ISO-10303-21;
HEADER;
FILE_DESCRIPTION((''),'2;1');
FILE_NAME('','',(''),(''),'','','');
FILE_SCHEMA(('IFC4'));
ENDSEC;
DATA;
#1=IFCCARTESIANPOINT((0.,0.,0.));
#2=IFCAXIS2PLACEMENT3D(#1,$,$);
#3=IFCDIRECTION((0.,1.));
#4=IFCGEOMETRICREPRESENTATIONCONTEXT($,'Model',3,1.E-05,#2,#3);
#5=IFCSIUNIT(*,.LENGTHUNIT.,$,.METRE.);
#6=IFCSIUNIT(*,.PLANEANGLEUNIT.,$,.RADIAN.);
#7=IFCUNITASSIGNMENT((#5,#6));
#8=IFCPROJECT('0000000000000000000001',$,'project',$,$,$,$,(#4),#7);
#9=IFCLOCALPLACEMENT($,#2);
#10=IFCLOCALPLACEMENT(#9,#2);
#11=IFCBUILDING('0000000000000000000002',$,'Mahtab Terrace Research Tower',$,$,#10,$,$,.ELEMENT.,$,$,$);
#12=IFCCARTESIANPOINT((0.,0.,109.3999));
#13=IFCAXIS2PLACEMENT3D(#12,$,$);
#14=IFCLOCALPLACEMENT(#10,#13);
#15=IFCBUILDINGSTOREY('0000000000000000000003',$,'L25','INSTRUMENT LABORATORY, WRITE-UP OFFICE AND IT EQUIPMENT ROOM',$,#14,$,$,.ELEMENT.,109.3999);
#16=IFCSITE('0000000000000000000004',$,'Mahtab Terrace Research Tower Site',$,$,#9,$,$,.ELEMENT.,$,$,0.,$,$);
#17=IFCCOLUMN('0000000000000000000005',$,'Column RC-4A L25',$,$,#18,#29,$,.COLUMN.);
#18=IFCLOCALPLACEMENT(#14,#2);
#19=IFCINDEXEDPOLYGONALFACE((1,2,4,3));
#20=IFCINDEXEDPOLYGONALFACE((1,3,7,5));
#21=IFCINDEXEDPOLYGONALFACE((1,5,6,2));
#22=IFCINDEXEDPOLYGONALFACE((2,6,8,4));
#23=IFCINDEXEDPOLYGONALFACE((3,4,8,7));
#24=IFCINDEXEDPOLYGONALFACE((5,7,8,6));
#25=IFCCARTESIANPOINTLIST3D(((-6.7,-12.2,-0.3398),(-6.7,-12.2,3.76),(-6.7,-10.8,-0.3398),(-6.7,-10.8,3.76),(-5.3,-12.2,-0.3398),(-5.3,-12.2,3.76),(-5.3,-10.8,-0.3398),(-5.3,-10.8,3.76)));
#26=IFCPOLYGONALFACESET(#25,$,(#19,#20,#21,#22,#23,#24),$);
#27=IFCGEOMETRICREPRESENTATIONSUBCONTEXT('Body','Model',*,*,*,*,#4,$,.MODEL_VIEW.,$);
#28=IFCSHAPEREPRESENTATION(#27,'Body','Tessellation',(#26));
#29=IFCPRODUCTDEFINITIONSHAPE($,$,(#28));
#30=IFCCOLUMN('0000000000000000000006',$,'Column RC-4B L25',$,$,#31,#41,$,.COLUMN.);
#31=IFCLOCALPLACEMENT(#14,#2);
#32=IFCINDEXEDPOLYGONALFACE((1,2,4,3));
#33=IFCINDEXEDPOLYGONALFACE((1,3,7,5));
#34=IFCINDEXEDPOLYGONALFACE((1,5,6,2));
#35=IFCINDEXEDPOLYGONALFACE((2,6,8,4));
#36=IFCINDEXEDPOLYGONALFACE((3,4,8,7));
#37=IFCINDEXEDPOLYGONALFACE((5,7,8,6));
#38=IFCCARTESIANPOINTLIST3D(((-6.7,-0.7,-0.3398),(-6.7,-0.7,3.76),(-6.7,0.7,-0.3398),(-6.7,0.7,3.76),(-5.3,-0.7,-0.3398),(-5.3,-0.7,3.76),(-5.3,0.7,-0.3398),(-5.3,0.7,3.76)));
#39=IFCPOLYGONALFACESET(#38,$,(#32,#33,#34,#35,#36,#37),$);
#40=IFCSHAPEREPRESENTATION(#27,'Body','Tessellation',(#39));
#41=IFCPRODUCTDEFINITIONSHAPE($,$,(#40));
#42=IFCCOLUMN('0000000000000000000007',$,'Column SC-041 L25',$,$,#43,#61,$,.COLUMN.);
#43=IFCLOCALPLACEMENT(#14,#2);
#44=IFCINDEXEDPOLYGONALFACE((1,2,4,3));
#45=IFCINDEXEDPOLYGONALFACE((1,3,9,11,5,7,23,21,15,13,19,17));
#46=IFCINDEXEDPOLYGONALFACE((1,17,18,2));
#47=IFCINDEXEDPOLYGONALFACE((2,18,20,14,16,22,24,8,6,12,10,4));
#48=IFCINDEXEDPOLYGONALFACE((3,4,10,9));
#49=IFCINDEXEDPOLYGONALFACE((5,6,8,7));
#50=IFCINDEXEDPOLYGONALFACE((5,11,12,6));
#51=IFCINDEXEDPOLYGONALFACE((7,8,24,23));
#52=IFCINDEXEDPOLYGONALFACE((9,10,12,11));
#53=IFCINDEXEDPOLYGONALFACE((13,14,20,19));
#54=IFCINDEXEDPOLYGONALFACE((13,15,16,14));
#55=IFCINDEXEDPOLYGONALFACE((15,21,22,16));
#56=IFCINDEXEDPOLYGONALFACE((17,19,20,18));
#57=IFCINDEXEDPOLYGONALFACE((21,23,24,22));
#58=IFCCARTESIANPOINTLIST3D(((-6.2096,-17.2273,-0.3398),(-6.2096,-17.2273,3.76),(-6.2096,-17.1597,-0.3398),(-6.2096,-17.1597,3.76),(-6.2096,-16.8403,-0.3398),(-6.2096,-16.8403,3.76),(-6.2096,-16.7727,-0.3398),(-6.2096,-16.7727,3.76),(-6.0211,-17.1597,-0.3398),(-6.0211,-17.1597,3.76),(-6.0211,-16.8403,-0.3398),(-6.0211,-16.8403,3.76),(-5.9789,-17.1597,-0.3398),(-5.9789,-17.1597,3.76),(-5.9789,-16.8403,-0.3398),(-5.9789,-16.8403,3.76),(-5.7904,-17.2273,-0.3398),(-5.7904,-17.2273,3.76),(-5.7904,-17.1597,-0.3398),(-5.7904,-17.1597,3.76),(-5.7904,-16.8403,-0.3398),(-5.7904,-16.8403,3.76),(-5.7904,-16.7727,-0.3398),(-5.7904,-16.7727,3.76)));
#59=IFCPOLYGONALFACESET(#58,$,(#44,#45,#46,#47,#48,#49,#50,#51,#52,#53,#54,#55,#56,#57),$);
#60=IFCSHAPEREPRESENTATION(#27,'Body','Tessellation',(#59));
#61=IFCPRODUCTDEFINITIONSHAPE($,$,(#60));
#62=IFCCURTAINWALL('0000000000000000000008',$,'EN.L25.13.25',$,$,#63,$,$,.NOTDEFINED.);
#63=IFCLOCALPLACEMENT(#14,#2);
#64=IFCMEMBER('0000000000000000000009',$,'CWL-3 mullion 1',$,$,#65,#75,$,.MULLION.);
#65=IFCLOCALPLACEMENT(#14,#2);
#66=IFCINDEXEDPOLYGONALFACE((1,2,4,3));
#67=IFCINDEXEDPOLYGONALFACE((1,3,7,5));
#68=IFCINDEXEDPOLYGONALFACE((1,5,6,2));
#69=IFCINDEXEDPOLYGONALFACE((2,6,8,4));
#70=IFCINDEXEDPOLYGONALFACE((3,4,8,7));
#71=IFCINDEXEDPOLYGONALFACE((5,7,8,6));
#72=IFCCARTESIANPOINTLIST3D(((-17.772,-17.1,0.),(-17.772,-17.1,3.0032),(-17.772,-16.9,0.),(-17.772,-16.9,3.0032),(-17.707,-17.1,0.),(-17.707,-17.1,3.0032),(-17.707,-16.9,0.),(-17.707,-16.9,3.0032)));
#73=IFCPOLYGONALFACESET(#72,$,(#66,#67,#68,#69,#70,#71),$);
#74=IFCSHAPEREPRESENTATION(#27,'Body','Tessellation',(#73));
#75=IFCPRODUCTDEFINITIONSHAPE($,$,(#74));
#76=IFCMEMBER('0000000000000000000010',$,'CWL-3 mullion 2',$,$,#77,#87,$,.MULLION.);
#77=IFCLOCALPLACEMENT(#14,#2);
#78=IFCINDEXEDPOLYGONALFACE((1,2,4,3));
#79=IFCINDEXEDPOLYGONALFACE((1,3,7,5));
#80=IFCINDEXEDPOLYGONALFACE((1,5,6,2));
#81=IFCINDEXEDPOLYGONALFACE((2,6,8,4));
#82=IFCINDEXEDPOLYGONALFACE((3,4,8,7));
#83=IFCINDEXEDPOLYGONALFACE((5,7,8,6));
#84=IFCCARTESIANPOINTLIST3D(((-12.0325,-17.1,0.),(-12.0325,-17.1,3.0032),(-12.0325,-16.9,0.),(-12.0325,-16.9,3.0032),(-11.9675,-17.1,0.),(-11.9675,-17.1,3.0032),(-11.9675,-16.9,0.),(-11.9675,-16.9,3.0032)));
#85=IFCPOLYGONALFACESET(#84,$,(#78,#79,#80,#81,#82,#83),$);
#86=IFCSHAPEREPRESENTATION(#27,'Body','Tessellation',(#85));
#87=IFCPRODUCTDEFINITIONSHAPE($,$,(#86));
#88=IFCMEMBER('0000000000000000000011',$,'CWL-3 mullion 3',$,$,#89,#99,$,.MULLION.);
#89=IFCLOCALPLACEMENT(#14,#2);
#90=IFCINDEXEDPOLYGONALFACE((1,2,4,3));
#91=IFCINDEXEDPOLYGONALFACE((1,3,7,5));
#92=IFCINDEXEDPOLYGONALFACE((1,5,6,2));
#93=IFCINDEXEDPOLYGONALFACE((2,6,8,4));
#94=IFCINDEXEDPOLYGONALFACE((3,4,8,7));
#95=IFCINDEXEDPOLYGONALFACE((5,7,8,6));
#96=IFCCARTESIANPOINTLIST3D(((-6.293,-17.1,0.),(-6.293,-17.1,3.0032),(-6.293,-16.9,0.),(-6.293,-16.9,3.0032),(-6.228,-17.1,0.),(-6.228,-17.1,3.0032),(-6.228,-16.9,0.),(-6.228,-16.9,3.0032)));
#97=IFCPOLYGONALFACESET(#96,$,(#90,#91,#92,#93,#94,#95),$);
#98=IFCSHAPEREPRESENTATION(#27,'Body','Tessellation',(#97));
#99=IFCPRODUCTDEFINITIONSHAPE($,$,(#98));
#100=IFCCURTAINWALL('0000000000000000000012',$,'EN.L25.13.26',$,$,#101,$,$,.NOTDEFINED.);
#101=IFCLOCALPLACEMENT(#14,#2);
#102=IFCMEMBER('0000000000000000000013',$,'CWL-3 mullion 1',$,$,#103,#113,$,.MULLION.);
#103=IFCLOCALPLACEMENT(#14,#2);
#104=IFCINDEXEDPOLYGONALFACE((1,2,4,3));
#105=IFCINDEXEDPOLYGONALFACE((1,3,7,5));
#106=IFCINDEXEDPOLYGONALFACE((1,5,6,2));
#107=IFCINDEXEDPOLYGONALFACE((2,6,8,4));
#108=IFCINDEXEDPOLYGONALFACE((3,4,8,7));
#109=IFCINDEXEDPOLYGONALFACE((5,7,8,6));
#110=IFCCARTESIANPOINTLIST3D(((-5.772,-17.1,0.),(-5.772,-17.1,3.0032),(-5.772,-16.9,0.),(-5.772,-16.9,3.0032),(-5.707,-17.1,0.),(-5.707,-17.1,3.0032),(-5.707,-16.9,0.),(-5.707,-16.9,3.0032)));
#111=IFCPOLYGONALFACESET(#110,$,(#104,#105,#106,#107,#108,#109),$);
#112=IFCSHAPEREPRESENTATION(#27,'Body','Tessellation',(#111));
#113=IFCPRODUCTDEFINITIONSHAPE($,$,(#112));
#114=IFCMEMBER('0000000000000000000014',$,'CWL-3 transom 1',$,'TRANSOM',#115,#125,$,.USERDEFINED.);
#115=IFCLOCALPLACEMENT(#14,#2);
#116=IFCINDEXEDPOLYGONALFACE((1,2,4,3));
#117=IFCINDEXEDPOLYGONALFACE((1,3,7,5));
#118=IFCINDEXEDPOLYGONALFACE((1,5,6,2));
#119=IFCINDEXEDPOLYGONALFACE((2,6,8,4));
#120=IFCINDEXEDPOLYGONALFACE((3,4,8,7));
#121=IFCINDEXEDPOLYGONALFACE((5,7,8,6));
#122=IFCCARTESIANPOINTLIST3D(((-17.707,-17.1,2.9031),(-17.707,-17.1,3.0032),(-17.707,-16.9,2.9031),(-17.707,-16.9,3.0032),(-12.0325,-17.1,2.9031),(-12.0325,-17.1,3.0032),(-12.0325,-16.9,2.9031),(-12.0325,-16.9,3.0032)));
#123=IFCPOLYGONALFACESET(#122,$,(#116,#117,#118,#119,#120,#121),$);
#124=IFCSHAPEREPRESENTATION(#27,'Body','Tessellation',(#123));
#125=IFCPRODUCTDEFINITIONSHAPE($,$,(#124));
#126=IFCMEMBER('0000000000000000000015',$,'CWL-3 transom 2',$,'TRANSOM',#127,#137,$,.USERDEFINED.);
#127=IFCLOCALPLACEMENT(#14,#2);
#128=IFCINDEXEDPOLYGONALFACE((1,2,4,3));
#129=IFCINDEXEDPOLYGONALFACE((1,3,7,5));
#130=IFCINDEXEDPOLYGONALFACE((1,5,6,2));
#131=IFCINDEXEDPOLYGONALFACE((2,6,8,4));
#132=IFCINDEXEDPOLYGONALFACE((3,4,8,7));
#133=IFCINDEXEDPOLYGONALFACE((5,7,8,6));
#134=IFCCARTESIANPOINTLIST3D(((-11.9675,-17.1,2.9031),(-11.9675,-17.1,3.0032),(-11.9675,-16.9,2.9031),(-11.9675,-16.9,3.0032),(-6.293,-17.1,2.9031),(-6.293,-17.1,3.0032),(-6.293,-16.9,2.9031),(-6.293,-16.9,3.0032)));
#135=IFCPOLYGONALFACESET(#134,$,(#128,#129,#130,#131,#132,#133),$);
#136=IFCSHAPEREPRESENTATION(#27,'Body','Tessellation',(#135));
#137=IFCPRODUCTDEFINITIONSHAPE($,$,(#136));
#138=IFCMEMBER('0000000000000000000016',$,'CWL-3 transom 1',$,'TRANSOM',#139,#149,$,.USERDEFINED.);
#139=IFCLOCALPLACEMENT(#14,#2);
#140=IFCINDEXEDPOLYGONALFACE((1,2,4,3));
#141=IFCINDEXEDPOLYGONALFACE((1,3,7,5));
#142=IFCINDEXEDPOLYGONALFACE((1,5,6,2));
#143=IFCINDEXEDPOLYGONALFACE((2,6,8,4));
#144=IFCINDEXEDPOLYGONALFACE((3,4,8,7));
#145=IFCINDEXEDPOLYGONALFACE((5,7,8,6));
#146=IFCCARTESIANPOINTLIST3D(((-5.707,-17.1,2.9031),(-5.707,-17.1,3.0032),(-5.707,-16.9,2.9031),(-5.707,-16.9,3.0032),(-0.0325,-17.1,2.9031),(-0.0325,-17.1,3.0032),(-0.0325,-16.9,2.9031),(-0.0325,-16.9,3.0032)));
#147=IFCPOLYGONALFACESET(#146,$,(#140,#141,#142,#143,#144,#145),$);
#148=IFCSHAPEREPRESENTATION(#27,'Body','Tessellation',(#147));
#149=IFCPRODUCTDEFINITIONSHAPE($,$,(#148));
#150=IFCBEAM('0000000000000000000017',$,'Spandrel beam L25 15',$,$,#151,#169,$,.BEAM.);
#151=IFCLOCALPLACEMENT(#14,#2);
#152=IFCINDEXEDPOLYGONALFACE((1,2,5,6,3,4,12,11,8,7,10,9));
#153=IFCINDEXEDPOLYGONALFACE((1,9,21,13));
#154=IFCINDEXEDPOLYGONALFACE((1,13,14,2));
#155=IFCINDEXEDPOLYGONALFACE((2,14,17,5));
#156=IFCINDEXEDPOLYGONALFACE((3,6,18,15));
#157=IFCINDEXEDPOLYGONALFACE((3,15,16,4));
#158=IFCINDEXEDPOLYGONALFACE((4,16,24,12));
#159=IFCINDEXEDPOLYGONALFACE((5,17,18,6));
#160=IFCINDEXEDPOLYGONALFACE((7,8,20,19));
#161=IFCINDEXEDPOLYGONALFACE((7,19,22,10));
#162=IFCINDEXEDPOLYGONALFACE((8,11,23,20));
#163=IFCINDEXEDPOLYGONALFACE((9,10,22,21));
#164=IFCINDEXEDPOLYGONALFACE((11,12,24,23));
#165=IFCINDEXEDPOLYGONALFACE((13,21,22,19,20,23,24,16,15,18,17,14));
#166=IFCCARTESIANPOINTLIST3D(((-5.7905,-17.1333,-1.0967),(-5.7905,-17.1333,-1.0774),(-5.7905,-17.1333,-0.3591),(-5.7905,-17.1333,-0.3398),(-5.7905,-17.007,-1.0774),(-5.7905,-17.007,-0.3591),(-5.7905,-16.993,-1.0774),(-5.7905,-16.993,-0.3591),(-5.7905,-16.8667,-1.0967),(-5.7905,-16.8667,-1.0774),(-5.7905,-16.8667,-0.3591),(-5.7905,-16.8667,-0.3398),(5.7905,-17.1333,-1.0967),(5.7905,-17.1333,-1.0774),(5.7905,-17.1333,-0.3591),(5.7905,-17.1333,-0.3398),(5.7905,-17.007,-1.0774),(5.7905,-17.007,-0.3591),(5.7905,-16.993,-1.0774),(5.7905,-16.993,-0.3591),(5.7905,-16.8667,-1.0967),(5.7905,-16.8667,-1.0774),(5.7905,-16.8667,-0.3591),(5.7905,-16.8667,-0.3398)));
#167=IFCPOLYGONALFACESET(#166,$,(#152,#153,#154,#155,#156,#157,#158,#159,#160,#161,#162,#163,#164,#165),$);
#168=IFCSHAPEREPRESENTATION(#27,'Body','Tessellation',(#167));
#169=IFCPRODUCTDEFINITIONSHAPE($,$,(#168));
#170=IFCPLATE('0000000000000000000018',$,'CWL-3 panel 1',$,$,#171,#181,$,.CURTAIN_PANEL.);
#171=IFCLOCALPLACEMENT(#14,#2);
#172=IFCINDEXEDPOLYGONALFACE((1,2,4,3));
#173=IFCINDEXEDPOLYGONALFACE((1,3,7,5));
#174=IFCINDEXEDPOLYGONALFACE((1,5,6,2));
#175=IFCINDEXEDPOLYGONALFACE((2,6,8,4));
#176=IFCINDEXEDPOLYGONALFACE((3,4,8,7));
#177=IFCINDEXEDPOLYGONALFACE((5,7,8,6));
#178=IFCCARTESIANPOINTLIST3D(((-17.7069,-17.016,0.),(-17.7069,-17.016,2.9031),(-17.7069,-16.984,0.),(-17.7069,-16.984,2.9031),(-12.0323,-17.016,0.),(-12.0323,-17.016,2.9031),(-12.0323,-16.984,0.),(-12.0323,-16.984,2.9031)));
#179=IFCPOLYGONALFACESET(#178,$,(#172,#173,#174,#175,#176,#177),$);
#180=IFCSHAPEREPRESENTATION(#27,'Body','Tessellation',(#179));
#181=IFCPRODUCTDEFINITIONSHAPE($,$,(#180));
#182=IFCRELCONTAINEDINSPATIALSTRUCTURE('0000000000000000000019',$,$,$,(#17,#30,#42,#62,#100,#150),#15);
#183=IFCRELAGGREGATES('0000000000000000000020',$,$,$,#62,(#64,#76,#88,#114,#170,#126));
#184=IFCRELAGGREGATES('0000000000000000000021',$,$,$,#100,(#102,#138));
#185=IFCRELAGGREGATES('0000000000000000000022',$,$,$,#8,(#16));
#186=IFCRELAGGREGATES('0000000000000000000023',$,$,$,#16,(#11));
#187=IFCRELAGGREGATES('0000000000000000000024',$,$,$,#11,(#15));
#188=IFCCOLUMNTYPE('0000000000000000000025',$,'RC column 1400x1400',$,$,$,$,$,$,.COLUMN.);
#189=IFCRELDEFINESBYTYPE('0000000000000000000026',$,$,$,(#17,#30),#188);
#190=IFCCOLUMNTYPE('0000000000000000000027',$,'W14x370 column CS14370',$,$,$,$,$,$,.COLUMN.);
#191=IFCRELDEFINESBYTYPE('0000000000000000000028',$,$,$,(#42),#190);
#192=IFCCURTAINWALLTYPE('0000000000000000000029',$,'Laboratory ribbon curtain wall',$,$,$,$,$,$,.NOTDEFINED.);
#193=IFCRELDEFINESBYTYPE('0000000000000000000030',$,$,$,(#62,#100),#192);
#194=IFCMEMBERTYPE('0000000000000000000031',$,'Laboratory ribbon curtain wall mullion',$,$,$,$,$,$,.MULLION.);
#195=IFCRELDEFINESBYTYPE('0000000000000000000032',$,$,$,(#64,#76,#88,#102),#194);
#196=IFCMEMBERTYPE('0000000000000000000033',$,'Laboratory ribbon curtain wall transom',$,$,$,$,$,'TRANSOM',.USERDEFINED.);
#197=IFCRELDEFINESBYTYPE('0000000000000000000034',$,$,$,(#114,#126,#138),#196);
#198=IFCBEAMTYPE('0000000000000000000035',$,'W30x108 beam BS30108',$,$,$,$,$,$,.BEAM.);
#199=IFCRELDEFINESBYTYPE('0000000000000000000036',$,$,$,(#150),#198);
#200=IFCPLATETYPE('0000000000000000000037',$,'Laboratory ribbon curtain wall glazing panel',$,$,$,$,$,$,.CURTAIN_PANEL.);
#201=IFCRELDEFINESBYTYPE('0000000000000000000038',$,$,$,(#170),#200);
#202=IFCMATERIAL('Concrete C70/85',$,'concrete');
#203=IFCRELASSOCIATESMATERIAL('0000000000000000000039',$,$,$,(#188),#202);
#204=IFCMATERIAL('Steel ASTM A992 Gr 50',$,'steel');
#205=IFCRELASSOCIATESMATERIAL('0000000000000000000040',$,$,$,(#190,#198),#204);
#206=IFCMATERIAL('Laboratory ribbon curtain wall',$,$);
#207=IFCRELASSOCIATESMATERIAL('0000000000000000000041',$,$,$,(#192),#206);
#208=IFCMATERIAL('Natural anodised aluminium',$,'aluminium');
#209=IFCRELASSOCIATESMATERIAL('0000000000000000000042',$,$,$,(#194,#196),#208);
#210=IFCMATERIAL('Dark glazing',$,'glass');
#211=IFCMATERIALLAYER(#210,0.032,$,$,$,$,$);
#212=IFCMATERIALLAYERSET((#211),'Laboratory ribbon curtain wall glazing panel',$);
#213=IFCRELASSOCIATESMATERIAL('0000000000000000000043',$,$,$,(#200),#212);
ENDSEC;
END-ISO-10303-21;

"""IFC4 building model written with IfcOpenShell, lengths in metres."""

from ifc_helpers import new_model, si_unit, direction, frame, origin, origin_2d, place, context, subcontext, project, spatial, rectangle, i_section, extrude, material, layer, layer_set, material_profile, profile_set, type_object, element, aggregate, save


model = new_model("IFC4")

# Units and contexts
model_context = context("Model", 3, precision=1e-05, world=origin(), true_north=direction((0.0, 1.0)))
body_context = subcontext(model_context, "Body", "Model", "MODEL_VIEW")
ifc_project = project(units=[si_unit("LENGTHUNIT", "METRE"), si_unit("PLANEANGLEUNIT", "RADIAN")], contexts=[model_context])

# Site, building, storey
site_placement = place(None, origin())
site = spatial("IfcSite", under=ifc_project, at=site_placement, Name="Mahtab Terrace Research Tower Site", CompositionType="ELEMENT", RefElevation=0.0)
building_placement = place(site_placement, origin())
building = spatial("IfcBuilding", under=site, at=building_placement, Name="Mahtab Terrace Research Tower", CompositionType="ELEMENT")
storey_placement = place(building_placement, frame((0.0, 0.0, 109.3999)))
storey = spatial("IfcBuildingStorey", under=building, at=storey_placement, Name="L25", Description="INSTRUMENT LABORATORY, WRITE-UP OFFICE AND IT EQUIPMENT ROOM", CompositionType="ELEMENT", Elevation=109.3999)

# Columns
ifc_material_1 = material(Name="Concrete C70/85", Category="concrete")
ifc_material_profile_1 = material_profile(ifc_material_1, rectangle(XDim=1.3999, YDim=1.3999, at=origin_2d()), Name="RC column 1400x1400")
ifc_profile_set_1 = profile_set([ifc_material_profile_1], Name="Concrete C70/85")
column_type_1 = type_object("IfcColumnType", Name="RC column 1400x1400", PredefinedType="COLUMN", material=ifc_profile_set_1)
for number, where, z_axis, x_axis, name in (
    (1, (-6.0, -11.5, -0.3398), (0.0, 0.0, 1.0), (1.0, 0.0, 0.0), "Column RC-4A L25"),
    (2, (-6.0, 0.0, -0.3398), (0.0, 0.0, 1.0), (1.0, 0.0, 0.0), "Column RC-4B L25"),
):
    element("IfcColumn", number, at=place(storey_placement, frame(where, z_axis=z_axis, x_axis=x_axis)), inside=storey, type_object=column_type_1, Name=name, PredefinedType="COLUMN", context=body_context, shape_type="SweptSolid", body=[
        extrude(rectangle(XDim=1.3999, YDim=1.3999, at=origin_2d()), origin(), (0.0, 0.0, 1.0), 4.0999),
    ])
ifc_material_2 = material(Name="Steel ASTM A992 Gr 50", Category="steel")
ifc_material_profile_2 = material_profile(ifc_material_2, i_section(OverallWidth=0.4192, OverallDepth=0.4546, WebThickness=0.0422, FlangeThickness=0.0676, at=origin_2d()), Name="W14X370")
ifc_profile_set_2 = profile_set([ifc_material_profile_2], Name="Steel ASTM A992 Gr 50")
column_type_2 = type_object("IfcColumnType", Name="W14x370 column CS14370", PredefinedType="COLUMN", material=ifc_profile_set_2)
column_placement = place(storey_placement, frame((-6.0, -17.0, -0.3398), z_axis=(0.0, 0.0, 1.0), x_axis=(1.0, 0.0, 0.0)))
element("IfcColumn", 3, at=column_placement, inside=storey, type_object=column_type_2, Name="Column SC-041 L25", PredefinedType="COLUMN", context=body_context, shape_type="SweptSolid", body=[
    extrude(i_section(OverallWidth=0.4192, OverallDepth=0.4546, WebThickness=0.0422, FlangeThickness=0.0676, at=origin_2d()), origin(), (0.0, 0.0, 1.0), 4.0999),
])

# Curtain wall, members
ifc_material_3 = material(Name="Laboratory ribbon curtain wall")
curtain_wall_type = type_object("IfcCurtainWallType", Name="Laboratory ribbon curtain wall", PredefinedType="NOTDEFINED", material=ifc_material_3)
curtain_wall_1_placement = place(storey_placement, origin())
curtain_wall_1 = element("IfcCurtainWall", 4, at=curtain_wall_1_placement, inside=storey, type_object=curtain_wall_type, Name="EN.L25.13.25", PredefinedType="NOTDEFINED")
ifc_material_4 = material(Name="Natural anodised aluminium", Category="aluminium")
ifc_material_profile_3 = material_profile(ifc_material_4, rectangle(XDim=0.2, YDim=0.0649, at=origin_2d()), Name="MULLION 65x200")
ifc_profile_set_3 = profile_set([ifc_material_profile_3], Name="Natural anodised aluminium")
member_type_1 = type_object("IfcMemberType", Name="Laboratory ribbon curtain wall mullion", PredefinedType="MULLION", material=ifc_profile_set_3)
member_1_placement = place(storey_placement, frame((-17.7395, -17.0, 0.0), z_axis=(0.0, 0.0, 1.0), x_axis=(0.0, 1.0, 0.0)))
member_1 = element("IfcMember", 5, at=member_1_placement, type_object=member_type_1, Name="CWL-3 mullion 1", PredefinedType="MULLION", context=body_context, shape_type="SweptSolid", body=[
    extrude(rectangle(XDim=0.2, YDim=0.0649, at=origin_2d()), origin(), (0.0, 0.0, 1.0), 3.0032),
])
member_2_placement = place(storey_placement, frame((-12.0, -17.0, 0.0), z_axis=(0.0, 0.0, 1.0), x_axis=(0.0, 1.0, 0.0)))
member_2 = element("IfcMember", 6, at=member_2_placement, type_object=member_type_1, Name="CWL-3 mullion 2", PredefinedType="MULLION", context=body_context, shape_type="SweptSolid", body=[
    extrude(rectangle(XDim=0.2, YDim=0.0649, at=origin_2d()), origin(), (0.0, 0.0, 1.0), 3.0032),
])
member_3_placement = place(storey_placement, frame((-6.2605, -17.0, 0.0), z_axis=(0.0, 0.0, 1.0), x_axis=(0.0, 1.0, 0.0)))
member_3 = element("IfcMember", 7, at=member_3_placement, type_object=member_type_1, Name="CWL-3 mullion 3", PredefinedType="MULLION", context=body_context, shape_type="SweptSolid", body=[
    extrude(rectangle(XDim=0.2, YDim=0.0649, at=origin_2d()), origin(), (0.0, 0.0, 1.0), 3.0032),
])

# Curtain wall, member
curtain_wall_2_placement = place(storey_placement, origin())
curtain_wall_2 = element("IfcCurtainWall", 8, at=curtain_wall_2_placement, inside=storey, type_object=curtain_wall_type, Name="EN.L25.13.26", PredefinedType="NOTDEFINED")
member_4_placement = place(storey_placement, frame((-5.7395, -17.0, 0.0), z_axis=(0.0, 0.0, 1.0), x_axis=(0.0, 1.0, 0.0)))
member_4 = element("IfcMember", 9, at=member_4_placement, type_object=member_type_1, Name="CWL-3 mullion 1", PredefinedType="MULLION", context=body_context, shape_type="SweptSolid", body=[
    extrude(rectangle(XDim=0.2, YDim=0.0649, at=origin_2d()), origin(), (0.0, 0.0, 1.0), 3.0032),
])

# Members
ifc_material_profile_4 = material_profile(ifc_material_4, rectangle(XDim=0.2, YDim=0.1001, at=origin_2d()), Name="TRANSOM 100x200")
ifc_profile_set_4 = profile_set([ifc_material_profile_4], Name="Natural anodised aluminium")
member_type_2 = type_object("IfcMemberType", Name="Laboratory ribbon curtain wall transom", ElementType="TRANSOM", PredefinedType="USERDEFINED", material=ifc_profile_set_4)
member_5_placement = place(storey_placement, frame((-17.707, -17.0, 2.9531), z_axis=(1.0, 0.0, 0.0), x_axis=(0.0, 1.0, 0.0)))
member_5 = element("IfcMember", 10, at=member_5_placement, type_object=member_type_2, Name="CWL-3 transom 1", ObjectType="TRANSOM", PredefinedType="USERDEFINED", context=body_context, shape_type="SweptSolid", body=[
    extrude(rectangle(XDim=0.2, YDim=0.1001, at=origin_2d()), origin(), (0.0, 0.0, 1.0), 5.6746),
])
member_6_placement = place(storey_placement, frame((-11.9675, -17.0, 2.9531), z_axis=(1.0, 0.0, 0.0), x_axis=(0.0, 1.0, 0.0)))
member_6 = element("IfcMember", 11, at=member_6_placement, type_object=member_type_2, Name="CWL-3 transom 2", ObjectType="TRANSOM", PredefinedType="USERDEFINED", context=body_context, shape_type="SweptSolid", body=[
    extrude(rectangle(XDim=0.2, YDim=0.1001, at=origin_2d()), origin(), (0.0, 0.0, 1.0), 5.6746),
])
member_7_placement = place(storey_placement, frame((-5.707, -17.0, 2.9531), z_axis=(1.0, 0.0, 0.0), x_axis=(0.0, 1.0, 0.0)))
member_7 = element("IfcMember", 12, at=member_7_placement, type_object=member_type_2, Name="CWL-3 transom 1", ObjectType="TRANSOM", PredefinedType="USERDEFINED", context=body_context, shape_type="SweptSolid", body=[
    extrude(rectangle(XDim=0.2, YDim=0.1001, at=origin_2d()), origin(), (0.0, 0.0, 1.0), 5.6746),
])

# Beam
ifc_material_profile_5 = material_profile(ifc_material_2, i_section(OverallWidth=0.2666, OverallDepth=0.7568, WebThickness=0.0139, FlangeThickness=0.0193, at=origin_2d()), Name="W30X108")
ifc_profile_set_5 = profile_set([ifc_material_profile_5], Name="Steel ASTM A992 Gr 50")
beam_type = type_object("IfcBeamType", Name="W30x108 beam BS30108", PredefinedType="BEAM", material=ifc_profile_set_5)
beam_placement = place(storey_placement, frame((-5.7905, -17.0, -0.7183), z_axis=(1.0, 0.0, 0.0), x_axis=(0.0, 1.0, 0.0)))
element("IfcBeam", 13, at=beam_placement, inside=storey, type_object=beam_type, Name="Spandrel beam L25 15", PredefinedType="BEAM", context=body_context, shape_type="SweptSolid", body=[
    extrude(i_section(OverallWidth=0.2666, OverallDepth=0.7568, WebThickness=0.0139, FlangeThickness=0.0193, at=origin_2d()), origin(), (0.0, 0.0, 1.0), 11.5811),
])

# Plate
ifc_material_5 = material(Name="Dark glazing", Category="glass")
ifc_layer_1 = layer(ifc_material_5, 0.032)
ifc_layer_set_1 = layer_set([ifc_layer_1], Name="Laboratory ribbon curtain wall glazing panel")
plate_type = type_object("IfcPlateType", Name="Laboratory ribbon curtain wall glazing panel", PredefinedType="CURTAIN_PANEL", material=ifc_layer_set_1)
plate_1_placement = place(storey_placement, frame((-14.8696, -17.0, 0.0), z_axis=(0.0, 0.0, 1.0), x_axis=(1.0, 0.0, 0.0)))
plate_1 = element("IfcPlate", 14, at=plate_1_placement, type_object=plate_type, Name="CWL-3 panel 1", PredefinedType="CURTAIN_PANEL", context=body_context, shape_type="SweptSolid", body=[
    extrude(rectangle(XDim=5.6746, YDim=0.032, at=origin_2d()), origin(), (0.0, 0.0, 1.0), 2.9031),
])
aggregate(curtain_wall_1, [member_1, member_2, member_3, member_5, plate_1, member_6])
aggregate(curtain_wall_2, [member_4, member_7])

save(model, "model.ifc")
